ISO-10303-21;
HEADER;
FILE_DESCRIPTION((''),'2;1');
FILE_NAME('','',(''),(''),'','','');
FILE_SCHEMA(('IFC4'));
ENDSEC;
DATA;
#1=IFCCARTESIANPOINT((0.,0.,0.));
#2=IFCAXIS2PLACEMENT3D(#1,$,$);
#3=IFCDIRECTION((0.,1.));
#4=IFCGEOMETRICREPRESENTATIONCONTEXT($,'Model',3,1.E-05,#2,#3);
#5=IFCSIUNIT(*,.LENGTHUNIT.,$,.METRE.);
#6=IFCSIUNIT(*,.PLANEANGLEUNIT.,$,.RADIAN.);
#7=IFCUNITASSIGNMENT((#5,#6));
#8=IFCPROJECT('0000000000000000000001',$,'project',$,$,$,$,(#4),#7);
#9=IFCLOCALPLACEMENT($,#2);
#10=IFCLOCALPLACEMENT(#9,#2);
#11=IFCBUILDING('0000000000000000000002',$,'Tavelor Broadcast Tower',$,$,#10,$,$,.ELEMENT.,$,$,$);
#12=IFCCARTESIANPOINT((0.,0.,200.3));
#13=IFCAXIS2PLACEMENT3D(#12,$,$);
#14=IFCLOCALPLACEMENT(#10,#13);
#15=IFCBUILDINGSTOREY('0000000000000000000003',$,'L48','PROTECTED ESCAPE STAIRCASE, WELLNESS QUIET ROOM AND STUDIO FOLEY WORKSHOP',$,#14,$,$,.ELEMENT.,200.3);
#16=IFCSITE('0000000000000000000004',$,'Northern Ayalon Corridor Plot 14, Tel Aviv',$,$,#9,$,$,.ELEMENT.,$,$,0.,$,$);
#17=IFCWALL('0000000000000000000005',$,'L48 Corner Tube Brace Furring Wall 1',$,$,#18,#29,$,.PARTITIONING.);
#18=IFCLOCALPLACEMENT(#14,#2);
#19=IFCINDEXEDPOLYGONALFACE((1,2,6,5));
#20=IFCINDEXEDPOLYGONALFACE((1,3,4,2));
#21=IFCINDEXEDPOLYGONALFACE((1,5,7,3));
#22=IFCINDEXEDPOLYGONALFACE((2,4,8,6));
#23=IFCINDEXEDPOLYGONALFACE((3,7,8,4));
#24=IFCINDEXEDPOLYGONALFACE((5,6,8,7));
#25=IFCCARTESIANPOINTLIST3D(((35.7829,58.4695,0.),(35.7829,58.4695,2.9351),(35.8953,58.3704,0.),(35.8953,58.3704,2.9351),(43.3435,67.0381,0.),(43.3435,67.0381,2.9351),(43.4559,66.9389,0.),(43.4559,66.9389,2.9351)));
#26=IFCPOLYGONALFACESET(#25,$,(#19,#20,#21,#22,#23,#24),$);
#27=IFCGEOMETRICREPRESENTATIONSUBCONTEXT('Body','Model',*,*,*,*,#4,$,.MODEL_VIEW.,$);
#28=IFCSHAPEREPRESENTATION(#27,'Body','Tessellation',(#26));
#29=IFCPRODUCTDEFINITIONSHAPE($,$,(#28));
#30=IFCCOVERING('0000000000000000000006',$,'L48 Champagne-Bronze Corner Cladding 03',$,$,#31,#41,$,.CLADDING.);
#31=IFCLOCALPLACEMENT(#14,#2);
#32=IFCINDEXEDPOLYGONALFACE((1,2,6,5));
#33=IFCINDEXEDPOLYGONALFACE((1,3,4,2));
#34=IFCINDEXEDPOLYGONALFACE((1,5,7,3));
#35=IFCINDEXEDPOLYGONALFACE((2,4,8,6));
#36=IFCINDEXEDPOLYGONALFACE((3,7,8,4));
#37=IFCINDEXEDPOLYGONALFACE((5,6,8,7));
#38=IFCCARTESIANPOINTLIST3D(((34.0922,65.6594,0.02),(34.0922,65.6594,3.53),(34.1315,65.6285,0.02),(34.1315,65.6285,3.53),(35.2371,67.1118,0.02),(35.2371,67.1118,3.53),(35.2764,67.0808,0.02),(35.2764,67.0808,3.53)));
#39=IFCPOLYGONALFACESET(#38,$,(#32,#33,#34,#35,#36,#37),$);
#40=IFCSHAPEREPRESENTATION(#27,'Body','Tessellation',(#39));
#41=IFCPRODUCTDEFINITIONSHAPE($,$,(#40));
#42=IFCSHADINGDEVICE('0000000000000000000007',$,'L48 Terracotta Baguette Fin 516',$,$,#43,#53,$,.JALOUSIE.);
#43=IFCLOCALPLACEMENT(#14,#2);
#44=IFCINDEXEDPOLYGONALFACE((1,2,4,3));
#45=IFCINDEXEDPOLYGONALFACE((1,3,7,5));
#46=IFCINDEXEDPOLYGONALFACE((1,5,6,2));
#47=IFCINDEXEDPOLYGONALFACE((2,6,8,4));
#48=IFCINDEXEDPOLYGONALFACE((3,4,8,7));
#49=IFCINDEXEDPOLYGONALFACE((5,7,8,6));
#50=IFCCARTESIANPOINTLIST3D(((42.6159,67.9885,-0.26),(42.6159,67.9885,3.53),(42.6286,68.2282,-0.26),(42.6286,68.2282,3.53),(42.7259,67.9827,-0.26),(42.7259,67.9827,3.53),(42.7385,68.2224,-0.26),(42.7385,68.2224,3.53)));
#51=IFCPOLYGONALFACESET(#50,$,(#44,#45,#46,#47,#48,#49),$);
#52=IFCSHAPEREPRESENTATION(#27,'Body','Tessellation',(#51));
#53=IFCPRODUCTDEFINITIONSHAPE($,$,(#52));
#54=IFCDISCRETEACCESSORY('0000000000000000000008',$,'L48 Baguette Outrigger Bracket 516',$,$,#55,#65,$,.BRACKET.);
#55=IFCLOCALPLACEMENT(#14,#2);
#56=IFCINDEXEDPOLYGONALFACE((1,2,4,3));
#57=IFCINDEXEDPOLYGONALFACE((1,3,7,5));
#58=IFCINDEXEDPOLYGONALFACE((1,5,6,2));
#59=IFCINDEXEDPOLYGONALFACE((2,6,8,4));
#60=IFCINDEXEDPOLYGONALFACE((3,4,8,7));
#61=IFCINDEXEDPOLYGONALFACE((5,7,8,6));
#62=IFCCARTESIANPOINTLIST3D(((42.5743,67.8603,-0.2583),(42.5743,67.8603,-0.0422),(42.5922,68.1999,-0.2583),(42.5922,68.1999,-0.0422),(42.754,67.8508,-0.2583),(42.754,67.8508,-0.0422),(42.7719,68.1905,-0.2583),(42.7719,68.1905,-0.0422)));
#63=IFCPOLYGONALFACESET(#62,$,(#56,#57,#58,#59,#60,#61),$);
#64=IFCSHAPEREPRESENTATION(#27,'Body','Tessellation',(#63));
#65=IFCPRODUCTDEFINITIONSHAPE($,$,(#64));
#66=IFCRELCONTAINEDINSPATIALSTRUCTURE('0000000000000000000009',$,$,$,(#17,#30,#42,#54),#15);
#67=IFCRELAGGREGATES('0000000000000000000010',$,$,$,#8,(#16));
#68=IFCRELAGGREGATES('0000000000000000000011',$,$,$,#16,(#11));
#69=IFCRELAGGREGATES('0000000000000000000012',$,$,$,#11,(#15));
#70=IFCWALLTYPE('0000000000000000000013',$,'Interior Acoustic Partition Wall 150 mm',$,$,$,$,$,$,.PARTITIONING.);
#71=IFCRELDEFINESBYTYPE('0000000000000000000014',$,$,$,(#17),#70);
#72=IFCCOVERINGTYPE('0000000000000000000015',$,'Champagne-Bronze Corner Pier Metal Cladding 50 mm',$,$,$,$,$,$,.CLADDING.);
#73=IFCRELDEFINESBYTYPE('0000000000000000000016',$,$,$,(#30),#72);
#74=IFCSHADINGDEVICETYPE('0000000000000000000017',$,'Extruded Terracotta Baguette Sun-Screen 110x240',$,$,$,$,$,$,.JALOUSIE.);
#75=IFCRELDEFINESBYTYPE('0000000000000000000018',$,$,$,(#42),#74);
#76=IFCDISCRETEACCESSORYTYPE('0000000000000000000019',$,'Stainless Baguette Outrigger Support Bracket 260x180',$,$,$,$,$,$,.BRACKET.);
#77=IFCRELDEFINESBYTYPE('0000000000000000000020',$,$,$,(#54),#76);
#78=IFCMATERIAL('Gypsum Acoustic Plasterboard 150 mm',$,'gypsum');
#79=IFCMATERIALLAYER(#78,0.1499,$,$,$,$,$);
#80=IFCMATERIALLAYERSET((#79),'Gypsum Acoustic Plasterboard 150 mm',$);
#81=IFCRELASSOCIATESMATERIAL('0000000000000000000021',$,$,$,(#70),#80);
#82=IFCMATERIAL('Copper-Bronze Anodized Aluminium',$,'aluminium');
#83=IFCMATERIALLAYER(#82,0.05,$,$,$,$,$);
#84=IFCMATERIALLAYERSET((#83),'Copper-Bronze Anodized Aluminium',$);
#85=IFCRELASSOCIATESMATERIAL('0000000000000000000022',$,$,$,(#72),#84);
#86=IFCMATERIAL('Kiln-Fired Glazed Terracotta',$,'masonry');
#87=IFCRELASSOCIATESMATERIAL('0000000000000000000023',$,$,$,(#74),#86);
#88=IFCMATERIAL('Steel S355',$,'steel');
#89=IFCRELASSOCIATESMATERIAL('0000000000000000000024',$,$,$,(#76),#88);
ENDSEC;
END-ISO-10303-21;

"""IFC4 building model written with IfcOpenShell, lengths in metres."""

from ifc_helpers import new_model, si_unit, direction, frame, frame_2d, origin, origin_2d, place, context, subcontext, project, spatial, rectangle, extrude, source, transform, mapped, material, layer, layer_set, type_object, type_shapes, element, save


model = new_model("IFC4")

# Units and contexts
model_context = context("Model", 3, precision=1e-05, world=origin(), true_north=direction((0.0, 1.0)))
body_context = subcontext(model_context, "Body", "Model", "MODEL_VIEW")
ifc_project = project(units=[si_unit("LENGTHUNIT", "METRE"), si_unit("PLANEANGLEUNIT", "RADIAN")], contexts=[model_context])

# Site, building, storey
site_placement = place(None, origin())
site = spatial("IfcSite", under=ifc_project, at=site_placement, Name="Northern Ayalon Corridor Plot 14, Tel Aviv", CompositionType="ELEMENT", RefElevation=0.0)
building_placement = place(site_placement, origin())
building = spatial("IfcBuilding", under=site, at=building_placement, Name="Tavelor Broadcast Tower", CompositionType="ELEMENT")
storey_placement = place(building_placement, frame((0.0, 0.0, 200.3)))
storey = spatial("IfcBuildingStorey", under=building, at=storey_placement, Name="L48", Description="PROTECTED ESCAPE STAIRCASE, WELLNESS QUIET ROOM AND STUDIO FOLEY WORKSHOP", CompositionType="ELEMENT", Elevation=200.3)

# Shared definitions
ifc_material_1 = material(Name="Steel S355", Category="steel")

# Wall
ifc_material_2 = material(Name="Gypsum Acoustic Plasterboard 150 mm", Category="gypsum")
ifc_layer_1 = layer(ifc_material_2, 0.1499)
ifc_layer_set_1 = layer_set([ifc_layer_1], Name="Gypsum Acoustic Plasterboard 150 mm")
wall_type_1 = type_object("IfcWallType", Name="Interior Acoustic Partition Wall 150 mm", PredefinedType="PARTITIONING", material=ifc_layer_set_1)
wall_1_placement = place(storey_placement, frame((43.3997, 66.9885, 0.0), z_axis=(0.0, 0.0, 1.0), x_axis=(-0.661622, -0.749837, 0.0)))
element("IfcWall", 1, at=wall_1_placement, inside=storey, type_object=wall_type_1, Name="L48 Corner Tube Brace Furring Wall 1", PredefinedType="PARTITIONING", context=body_context, shape_type="SweptSolid", body=[
    extrude(rectangle(XDim=11.4272, YDim=0.1499, at=frame_2d((5.7136, 0.0))), origin(), (0.0, 0.0, 1.0), 2.9351),
])

# Covering
ifc_material_3 = material(Name="Copper-Bronze Anodized Aluminium", Category="aluminium")
ifc_layer_2 = layer(ifc_material_3, 0.05)
ifc_layer_set_2 = layer_set([ifc_layer_2], Name="Copper-Bronze Anodized Aluminium")
covering_type = type_object("IfcCoveringType", Name="Champagne-Bronze Corner Pier Metal Cladding 50 mm", PredefinedType="CLADDING", material=ifc_layer_set_2)
covering_placement = place(storey_placement, frame((34.6843, 66.3701, 0.02), z_axis=(0.0, 0.0, 1.0), x_axis=(-0.619094, -0.785317, 0.0)))
element("IfcCovering", 2, at=covering_placement, inside=storey, type_object=covering_type, Name="L48 Champagne-Bronze Corner Cladding 03", PredefinedType="CLADDING", context=body_context, shape_type="SweptSolid", body=[
    extrude(rectangle(XDim=1.8494, YDim=0.05, at=origin_2d()), origin(), (0.0, 0.0, 1.0), 3.51),
])

# Shading device
ifc_material_4 = material(Name="Kiln-Fired Glazed Terracotta", Category="masonry")
shading_device_type = type_object("IfcShadingDeviceType", Name="Extruded Terracotta Baguette Sun-Screen 110x240", PredefinedType="JALOUSIE", material=ifc_material_4)
shared_shape_1 = source(origin(), body_context, "Body", "SweptSolid", [
    extrude(rectangle(XDim=0.1101, YDim=0.24, at=origin_2d()), origin(), (0.0, 0.0, 1.0), 3.79),
])
type_shapes(shading_device_type, [shared_shape_1])
shading_device_placement = place(storey_placement, frame((42.6772, 68.1055, -0.26), z_axis=(0.0, 0.0, 1.0), x_axis=(-0.998611, 0.052685, 0.0)))
element("IfcShadingDevice", 3, at=shading_device_placement, inside=storey, type_object=shading_device_type, Name="L48 Terracotta Baguette Fin 516", PredefinedType="JALOUSIE", context=body_context, shape_type="MappedRepresentation", body=[
    mapped(shared_shape_1, transform((0.0, 0.0, 0.0), scale=1.0)),
])

# Discrete accessory
discrete_accessory_type = type_object("IfcDiscreteAccessoryType", Name="Stainless Baguette Outrigger Support Bracket 260x180", PredefinedType="BRACKET", material=ifc_material_1)
shared_shape_2 = source(origin(), body_context, "Body", "SweptSolid", [
    extrude(rectangle(XDim=0.1799, YDim=0.3401, at=origin_2d()), origin(), (0.0, 0.0, 1.0), 0.2161),
])
type_shapes(discrete_accessory_type, [shared_shape_2])
discrete_accessory_placement = place(storey_placement, frame((42.6731, 68.0254, -0.2583), z_axis=(0.0, 0.0, 1.0), x_axis=(-0.998611, 0.052685, 0.0)))
element("IfcDiscreteAccessory", 4, at=discrete_accessory_placement, inside=storey, type_object=discrete_accessory_type, Name="L48 Baguette Outrigger Bracket 516", PredefinedType="BRACKET", context=body_context, shape_type="MappedRepresentation", body=[
    mapped(shared_shape_2, transform((0.0, 0.0, 0.0), scale=1.0)),
])

save(model, "model.ifc")
